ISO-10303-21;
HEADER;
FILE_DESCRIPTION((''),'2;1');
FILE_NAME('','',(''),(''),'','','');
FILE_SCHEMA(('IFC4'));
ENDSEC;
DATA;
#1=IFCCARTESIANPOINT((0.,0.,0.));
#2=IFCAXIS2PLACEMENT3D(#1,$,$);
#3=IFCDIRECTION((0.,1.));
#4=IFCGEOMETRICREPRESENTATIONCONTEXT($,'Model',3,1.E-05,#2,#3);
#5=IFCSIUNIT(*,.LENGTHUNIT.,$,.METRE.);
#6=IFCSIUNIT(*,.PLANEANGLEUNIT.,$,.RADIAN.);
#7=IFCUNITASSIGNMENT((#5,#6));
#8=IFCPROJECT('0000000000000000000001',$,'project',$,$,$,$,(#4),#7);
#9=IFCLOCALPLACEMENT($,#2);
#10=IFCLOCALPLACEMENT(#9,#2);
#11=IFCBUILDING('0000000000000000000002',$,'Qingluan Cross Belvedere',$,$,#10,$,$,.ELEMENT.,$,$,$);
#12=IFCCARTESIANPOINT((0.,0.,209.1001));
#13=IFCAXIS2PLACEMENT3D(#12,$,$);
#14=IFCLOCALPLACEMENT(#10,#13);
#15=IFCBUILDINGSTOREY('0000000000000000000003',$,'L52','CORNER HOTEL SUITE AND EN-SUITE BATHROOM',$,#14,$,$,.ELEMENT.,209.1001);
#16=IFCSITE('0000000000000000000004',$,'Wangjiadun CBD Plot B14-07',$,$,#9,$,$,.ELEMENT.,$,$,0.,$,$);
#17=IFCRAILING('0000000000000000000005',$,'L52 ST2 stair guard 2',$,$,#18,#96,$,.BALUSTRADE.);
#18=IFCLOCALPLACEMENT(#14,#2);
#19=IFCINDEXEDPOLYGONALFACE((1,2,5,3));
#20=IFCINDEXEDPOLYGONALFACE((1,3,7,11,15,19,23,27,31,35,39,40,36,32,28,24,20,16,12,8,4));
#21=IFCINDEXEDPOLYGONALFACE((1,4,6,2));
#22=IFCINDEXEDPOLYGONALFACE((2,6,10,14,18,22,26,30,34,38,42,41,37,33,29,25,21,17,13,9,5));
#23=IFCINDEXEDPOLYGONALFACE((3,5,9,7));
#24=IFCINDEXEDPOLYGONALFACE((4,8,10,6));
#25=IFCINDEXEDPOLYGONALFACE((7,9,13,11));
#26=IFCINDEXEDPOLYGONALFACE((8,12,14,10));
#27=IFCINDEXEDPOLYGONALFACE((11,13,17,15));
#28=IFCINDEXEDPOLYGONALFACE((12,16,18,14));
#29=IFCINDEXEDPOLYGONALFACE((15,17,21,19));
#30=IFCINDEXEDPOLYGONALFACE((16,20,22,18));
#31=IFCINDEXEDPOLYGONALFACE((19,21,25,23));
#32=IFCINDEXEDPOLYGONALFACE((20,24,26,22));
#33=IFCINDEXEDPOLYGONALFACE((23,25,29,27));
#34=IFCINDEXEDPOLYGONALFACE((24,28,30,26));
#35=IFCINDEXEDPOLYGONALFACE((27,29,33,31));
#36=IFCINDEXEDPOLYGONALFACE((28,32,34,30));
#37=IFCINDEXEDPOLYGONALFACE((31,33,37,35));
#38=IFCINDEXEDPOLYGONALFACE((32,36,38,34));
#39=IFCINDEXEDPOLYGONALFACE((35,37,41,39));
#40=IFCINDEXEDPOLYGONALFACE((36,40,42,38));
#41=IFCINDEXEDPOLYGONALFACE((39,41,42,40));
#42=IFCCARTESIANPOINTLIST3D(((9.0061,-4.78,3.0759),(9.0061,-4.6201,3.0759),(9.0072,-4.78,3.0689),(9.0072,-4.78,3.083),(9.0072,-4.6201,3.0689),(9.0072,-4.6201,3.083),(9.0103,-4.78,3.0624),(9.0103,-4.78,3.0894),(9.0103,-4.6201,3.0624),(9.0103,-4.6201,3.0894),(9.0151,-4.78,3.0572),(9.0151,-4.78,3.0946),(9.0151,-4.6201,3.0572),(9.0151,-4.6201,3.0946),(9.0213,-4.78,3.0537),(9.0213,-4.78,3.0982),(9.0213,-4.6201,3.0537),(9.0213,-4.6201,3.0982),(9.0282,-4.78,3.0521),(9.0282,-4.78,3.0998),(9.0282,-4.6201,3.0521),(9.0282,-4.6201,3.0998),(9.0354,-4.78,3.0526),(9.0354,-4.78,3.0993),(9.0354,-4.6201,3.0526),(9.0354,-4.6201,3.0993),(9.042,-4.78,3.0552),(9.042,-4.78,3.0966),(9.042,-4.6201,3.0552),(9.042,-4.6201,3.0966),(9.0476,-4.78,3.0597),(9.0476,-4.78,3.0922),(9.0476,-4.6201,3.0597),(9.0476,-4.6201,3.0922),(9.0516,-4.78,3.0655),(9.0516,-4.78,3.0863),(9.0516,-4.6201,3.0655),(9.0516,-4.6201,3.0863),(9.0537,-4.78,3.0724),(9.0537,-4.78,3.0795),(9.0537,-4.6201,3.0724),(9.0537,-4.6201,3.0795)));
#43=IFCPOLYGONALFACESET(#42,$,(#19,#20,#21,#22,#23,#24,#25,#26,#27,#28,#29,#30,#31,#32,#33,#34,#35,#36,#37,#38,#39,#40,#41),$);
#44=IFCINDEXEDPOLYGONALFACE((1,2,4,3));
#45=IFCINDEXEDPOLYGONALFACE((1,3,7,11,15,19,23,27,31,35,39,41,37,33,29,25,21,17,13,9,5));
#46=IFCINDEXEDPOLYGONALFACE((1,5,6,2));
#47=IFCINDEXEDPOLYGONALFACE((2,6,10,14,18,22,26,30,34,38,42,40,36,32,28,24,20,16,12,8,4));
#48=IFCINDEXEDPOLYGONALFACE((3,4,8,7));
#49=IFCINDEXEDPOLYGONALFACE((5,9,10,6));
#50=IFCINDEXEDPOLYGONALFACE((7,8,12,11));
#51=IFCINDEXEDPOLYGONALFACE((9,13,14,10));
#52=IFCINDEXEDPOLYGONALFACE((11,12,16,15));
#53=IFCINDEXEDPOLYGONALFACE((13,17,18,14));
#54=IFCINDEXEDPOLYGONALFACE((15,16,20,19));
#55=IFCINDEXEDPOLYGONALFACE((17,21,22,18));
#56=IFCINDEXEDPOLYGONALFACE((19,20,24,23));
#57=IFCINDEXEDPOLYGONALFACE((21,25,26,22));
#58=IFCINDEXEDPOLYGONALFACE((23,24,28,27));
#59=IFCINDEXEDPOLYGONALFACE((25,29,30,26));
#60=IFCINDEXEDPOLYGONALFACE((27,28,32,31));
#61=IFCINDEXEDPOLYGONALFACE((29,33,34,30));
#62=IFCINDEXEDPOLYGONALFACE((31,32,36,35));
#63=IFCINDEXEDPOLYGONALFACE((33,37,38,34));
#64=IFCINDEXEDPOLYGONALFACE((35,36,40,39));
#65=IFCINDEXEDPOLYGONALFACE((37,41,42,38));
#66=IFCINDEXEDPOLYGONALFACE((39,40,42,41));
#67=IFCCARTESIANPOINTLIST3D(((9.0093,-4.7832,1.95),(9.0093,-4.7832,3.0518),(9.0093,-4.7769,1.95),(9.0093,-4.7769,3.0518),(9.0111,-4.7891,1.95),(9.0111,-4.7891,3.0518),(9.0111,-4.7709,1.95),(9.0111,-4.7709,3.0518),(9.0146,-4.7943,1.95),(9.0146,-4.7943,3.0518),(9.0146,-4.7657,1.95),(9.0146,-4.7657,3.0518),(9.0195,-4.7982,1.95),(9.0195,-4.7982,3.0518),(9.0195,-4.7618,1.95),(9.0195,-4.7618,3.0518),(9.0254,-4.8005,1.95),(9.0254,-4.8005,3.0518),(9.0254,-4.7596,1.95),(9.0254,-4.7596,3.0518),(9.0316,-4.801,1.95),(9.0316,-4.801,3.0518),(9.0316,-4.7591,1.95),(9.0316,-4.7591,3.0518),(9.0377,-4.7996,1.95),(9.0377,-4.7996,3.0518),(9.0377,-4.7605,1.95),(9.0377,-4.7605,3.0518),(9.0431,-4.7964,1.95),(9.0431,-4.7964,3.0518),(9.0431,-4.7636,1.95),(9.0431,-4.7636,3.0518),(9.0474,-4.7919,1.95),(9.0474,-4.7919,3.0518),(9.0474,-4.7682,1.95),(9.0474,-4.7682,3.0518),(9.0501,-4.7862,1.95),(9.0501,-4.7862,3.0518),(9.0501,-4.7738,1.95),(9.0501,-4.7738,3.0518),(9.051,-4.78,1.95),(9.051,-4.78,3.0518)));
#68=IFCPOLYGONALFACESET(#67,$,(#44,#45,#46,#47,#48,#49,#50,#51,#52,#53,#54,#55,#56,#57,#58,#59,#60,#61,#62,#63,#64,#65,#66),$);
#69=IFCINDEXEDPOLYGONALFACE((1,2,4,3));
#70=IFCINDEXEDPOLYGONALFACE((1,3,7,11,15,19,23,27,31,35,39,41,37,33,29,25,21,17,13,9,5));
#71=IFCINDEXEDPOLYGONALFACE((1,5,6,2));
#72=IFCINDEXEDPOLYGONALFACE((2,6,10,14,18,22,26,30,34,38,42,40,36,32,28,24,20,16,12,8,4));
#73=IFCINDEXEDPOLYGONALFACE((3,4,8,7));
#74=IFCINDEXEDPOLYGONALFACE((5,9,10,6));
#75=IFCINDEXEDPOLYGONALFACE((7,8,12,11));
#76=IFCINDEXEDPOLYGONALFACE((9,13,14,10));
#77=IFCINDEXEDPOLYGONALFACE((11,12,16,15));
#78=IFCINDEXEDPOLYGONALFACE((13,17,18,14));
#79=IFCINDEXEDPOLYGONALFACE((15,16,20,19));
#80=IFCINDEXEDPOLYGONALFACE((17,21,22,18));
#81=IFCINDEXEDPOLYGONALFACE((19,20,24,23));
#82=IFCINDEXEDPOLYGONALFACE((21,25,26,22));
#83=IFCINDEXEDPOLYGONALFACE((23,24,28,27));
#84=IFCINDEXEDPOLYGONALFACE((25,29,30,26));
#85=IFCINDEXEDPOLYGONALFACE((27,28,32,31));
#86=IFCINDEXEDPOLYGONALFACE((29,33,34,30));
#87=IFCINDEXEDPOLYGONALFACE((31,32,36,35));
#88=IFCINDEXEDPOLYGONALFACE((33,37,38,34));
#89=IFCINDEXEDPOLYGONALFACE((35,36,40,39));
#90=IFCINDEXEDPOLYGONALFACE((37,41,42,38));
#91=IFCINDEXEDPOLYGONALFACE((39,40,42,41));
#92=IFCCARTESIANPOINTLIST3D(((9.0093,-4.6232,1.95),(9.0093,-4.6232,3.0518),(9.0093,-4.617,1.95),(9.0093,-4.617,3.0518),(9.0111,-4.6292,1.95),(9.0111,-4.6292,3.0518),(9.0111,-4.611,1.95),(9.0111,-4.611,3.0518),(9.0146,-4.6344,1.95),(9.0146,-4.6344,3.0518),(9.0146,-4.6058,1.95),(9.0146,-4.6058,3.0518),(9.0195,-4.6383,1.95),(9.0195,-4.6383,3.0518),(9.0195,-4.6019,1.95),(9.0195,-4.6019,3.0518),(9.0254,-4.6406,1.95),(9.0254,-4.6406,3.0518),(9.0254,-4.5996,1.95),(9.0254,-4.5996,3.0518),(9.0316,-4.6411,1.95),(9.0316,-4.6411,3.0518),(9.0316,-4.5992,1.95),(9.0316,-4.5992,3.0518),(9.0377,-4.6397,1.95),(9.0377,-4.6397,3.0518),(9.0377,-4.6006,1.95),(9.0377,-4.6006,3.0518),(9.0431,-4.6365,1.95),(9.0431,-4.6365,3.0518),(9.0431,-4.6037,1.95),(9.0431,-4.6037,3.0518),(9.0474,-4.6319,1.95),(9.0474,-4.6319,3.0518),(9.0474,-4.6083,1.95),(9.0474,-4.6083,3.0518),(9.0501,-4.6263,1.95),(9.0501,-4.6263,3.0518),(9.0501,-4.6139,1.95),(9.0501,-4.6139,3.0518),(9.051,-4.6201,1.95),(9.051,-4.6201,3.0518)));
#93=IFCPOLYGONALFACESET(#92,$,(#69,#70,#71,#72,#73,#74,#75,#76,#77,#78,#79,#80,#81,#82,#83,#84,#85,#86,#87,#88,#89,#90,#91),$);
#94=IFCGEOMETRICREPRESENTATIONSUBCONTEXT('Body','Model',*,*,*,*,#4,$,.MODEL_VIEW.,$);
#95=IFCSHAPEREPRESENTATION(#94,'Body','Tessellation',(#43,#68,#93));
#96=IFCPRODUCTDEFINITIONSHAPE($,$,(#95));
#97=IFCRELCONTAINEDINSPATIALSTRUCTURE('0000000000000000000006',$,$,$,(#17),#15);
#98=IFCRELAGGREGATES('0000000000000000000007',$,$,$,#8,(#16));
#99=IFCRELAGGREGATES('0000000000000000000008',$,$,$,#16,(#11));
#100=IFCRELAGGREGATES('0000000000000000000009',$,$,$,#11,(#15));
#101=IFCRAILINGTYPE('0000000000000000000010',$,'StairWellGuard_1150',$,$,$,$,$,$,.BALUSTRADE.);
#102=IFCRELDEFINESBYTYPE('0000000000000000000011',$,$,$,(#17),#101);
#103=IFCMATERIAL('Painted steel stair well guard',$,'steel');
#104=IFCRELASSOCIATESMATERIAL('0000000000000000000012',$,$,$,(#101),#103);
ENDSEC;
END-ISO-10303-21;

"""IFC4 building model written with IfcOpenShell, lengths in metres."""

from ifc_helpers import new_model, si_unit, direction, frame, origin, origin_2d, place, context, subcontext, project, spatial, circle, extrude, material, type_object, element, save


model = new_model("IFC4")

# Units and contexts
model_context = context("Model", 3, precision=1e-05, world=origin(), true_north=direction((0.0, 1.0)))
body_context = subcontext(model_context, "Body", "Model", "MODEL_VIEW")
ifc_project = project(units=[si_unit("LENGTHUNIT", "METRE"), si_unit("PLANEANGLEUNIT", "RADIAN")], contexts=[model_context])

# Site, building, storey
site_placement = place(None, origin())
site = spatial("IfcSite", under=ifc_project, at=site_placement, Name="Wangjiadun CBD Plot B14-07", CompositionType="ELEMENT", RefElevation=0.0)
building_placement = place(site_placement, origin())
building = spatial("IfcBuilding", under=site, at=building_placement, Name="Qingluan Cross Belvedere", CompositionType="ELEMENT")
storey_placement = place(building_placement, frame((0.0, 0.0, 209.1001)))
storey = spatial("IfcBuildingStorey", under=building, at=storey_placement, Name="L52", Description="CORNER HOTEL SUITE AND EN-SUITE BATHROOM", CompositionType="ELEMENT", Elevation=209.1001)

# Railing
ifc_material_1 = material(Name="Painted steel stair well guard", Category="steel")
railing_type_1 = type_object("IfcRailingType", Name="StairWellGuard_1150", PredefinedType="BALUSTRADE", material=ifc_material_1)
railing_1_placement = place(storey_placement, frame((9.03, -4.78, 1.95)))
element("IfcRailing", 1, at=railing_1_placement, inside=storey, type_object=railing_type_1, Name="L52 ST2 stair guard 2", PredefinedType="BALUSTRADE", context=body_context, shape_type="SweptSolid", body=[
    extrude(circle(Radius=0.0239, at=origin_2d()), frame((0.0, 0.0, 1.126), z_axis=(0.0, 1.0, 0.0), x_axis=(-1.0, 0.0, 0.0)), (0.0, 0.0, 1.0), 0.1599),
    extrude(circle(Radius=0.021, at=origin_2d()), origin(), (0.0, 0.0, 1.0), 1.1018),
    extrude(circle(Radius=0.021, at=origin_2d()), frame((0.0, 0.1599, 0.0)), (0.0, 0.0, 1.0), 1.1018),
])

save(model, "model.ifc")
